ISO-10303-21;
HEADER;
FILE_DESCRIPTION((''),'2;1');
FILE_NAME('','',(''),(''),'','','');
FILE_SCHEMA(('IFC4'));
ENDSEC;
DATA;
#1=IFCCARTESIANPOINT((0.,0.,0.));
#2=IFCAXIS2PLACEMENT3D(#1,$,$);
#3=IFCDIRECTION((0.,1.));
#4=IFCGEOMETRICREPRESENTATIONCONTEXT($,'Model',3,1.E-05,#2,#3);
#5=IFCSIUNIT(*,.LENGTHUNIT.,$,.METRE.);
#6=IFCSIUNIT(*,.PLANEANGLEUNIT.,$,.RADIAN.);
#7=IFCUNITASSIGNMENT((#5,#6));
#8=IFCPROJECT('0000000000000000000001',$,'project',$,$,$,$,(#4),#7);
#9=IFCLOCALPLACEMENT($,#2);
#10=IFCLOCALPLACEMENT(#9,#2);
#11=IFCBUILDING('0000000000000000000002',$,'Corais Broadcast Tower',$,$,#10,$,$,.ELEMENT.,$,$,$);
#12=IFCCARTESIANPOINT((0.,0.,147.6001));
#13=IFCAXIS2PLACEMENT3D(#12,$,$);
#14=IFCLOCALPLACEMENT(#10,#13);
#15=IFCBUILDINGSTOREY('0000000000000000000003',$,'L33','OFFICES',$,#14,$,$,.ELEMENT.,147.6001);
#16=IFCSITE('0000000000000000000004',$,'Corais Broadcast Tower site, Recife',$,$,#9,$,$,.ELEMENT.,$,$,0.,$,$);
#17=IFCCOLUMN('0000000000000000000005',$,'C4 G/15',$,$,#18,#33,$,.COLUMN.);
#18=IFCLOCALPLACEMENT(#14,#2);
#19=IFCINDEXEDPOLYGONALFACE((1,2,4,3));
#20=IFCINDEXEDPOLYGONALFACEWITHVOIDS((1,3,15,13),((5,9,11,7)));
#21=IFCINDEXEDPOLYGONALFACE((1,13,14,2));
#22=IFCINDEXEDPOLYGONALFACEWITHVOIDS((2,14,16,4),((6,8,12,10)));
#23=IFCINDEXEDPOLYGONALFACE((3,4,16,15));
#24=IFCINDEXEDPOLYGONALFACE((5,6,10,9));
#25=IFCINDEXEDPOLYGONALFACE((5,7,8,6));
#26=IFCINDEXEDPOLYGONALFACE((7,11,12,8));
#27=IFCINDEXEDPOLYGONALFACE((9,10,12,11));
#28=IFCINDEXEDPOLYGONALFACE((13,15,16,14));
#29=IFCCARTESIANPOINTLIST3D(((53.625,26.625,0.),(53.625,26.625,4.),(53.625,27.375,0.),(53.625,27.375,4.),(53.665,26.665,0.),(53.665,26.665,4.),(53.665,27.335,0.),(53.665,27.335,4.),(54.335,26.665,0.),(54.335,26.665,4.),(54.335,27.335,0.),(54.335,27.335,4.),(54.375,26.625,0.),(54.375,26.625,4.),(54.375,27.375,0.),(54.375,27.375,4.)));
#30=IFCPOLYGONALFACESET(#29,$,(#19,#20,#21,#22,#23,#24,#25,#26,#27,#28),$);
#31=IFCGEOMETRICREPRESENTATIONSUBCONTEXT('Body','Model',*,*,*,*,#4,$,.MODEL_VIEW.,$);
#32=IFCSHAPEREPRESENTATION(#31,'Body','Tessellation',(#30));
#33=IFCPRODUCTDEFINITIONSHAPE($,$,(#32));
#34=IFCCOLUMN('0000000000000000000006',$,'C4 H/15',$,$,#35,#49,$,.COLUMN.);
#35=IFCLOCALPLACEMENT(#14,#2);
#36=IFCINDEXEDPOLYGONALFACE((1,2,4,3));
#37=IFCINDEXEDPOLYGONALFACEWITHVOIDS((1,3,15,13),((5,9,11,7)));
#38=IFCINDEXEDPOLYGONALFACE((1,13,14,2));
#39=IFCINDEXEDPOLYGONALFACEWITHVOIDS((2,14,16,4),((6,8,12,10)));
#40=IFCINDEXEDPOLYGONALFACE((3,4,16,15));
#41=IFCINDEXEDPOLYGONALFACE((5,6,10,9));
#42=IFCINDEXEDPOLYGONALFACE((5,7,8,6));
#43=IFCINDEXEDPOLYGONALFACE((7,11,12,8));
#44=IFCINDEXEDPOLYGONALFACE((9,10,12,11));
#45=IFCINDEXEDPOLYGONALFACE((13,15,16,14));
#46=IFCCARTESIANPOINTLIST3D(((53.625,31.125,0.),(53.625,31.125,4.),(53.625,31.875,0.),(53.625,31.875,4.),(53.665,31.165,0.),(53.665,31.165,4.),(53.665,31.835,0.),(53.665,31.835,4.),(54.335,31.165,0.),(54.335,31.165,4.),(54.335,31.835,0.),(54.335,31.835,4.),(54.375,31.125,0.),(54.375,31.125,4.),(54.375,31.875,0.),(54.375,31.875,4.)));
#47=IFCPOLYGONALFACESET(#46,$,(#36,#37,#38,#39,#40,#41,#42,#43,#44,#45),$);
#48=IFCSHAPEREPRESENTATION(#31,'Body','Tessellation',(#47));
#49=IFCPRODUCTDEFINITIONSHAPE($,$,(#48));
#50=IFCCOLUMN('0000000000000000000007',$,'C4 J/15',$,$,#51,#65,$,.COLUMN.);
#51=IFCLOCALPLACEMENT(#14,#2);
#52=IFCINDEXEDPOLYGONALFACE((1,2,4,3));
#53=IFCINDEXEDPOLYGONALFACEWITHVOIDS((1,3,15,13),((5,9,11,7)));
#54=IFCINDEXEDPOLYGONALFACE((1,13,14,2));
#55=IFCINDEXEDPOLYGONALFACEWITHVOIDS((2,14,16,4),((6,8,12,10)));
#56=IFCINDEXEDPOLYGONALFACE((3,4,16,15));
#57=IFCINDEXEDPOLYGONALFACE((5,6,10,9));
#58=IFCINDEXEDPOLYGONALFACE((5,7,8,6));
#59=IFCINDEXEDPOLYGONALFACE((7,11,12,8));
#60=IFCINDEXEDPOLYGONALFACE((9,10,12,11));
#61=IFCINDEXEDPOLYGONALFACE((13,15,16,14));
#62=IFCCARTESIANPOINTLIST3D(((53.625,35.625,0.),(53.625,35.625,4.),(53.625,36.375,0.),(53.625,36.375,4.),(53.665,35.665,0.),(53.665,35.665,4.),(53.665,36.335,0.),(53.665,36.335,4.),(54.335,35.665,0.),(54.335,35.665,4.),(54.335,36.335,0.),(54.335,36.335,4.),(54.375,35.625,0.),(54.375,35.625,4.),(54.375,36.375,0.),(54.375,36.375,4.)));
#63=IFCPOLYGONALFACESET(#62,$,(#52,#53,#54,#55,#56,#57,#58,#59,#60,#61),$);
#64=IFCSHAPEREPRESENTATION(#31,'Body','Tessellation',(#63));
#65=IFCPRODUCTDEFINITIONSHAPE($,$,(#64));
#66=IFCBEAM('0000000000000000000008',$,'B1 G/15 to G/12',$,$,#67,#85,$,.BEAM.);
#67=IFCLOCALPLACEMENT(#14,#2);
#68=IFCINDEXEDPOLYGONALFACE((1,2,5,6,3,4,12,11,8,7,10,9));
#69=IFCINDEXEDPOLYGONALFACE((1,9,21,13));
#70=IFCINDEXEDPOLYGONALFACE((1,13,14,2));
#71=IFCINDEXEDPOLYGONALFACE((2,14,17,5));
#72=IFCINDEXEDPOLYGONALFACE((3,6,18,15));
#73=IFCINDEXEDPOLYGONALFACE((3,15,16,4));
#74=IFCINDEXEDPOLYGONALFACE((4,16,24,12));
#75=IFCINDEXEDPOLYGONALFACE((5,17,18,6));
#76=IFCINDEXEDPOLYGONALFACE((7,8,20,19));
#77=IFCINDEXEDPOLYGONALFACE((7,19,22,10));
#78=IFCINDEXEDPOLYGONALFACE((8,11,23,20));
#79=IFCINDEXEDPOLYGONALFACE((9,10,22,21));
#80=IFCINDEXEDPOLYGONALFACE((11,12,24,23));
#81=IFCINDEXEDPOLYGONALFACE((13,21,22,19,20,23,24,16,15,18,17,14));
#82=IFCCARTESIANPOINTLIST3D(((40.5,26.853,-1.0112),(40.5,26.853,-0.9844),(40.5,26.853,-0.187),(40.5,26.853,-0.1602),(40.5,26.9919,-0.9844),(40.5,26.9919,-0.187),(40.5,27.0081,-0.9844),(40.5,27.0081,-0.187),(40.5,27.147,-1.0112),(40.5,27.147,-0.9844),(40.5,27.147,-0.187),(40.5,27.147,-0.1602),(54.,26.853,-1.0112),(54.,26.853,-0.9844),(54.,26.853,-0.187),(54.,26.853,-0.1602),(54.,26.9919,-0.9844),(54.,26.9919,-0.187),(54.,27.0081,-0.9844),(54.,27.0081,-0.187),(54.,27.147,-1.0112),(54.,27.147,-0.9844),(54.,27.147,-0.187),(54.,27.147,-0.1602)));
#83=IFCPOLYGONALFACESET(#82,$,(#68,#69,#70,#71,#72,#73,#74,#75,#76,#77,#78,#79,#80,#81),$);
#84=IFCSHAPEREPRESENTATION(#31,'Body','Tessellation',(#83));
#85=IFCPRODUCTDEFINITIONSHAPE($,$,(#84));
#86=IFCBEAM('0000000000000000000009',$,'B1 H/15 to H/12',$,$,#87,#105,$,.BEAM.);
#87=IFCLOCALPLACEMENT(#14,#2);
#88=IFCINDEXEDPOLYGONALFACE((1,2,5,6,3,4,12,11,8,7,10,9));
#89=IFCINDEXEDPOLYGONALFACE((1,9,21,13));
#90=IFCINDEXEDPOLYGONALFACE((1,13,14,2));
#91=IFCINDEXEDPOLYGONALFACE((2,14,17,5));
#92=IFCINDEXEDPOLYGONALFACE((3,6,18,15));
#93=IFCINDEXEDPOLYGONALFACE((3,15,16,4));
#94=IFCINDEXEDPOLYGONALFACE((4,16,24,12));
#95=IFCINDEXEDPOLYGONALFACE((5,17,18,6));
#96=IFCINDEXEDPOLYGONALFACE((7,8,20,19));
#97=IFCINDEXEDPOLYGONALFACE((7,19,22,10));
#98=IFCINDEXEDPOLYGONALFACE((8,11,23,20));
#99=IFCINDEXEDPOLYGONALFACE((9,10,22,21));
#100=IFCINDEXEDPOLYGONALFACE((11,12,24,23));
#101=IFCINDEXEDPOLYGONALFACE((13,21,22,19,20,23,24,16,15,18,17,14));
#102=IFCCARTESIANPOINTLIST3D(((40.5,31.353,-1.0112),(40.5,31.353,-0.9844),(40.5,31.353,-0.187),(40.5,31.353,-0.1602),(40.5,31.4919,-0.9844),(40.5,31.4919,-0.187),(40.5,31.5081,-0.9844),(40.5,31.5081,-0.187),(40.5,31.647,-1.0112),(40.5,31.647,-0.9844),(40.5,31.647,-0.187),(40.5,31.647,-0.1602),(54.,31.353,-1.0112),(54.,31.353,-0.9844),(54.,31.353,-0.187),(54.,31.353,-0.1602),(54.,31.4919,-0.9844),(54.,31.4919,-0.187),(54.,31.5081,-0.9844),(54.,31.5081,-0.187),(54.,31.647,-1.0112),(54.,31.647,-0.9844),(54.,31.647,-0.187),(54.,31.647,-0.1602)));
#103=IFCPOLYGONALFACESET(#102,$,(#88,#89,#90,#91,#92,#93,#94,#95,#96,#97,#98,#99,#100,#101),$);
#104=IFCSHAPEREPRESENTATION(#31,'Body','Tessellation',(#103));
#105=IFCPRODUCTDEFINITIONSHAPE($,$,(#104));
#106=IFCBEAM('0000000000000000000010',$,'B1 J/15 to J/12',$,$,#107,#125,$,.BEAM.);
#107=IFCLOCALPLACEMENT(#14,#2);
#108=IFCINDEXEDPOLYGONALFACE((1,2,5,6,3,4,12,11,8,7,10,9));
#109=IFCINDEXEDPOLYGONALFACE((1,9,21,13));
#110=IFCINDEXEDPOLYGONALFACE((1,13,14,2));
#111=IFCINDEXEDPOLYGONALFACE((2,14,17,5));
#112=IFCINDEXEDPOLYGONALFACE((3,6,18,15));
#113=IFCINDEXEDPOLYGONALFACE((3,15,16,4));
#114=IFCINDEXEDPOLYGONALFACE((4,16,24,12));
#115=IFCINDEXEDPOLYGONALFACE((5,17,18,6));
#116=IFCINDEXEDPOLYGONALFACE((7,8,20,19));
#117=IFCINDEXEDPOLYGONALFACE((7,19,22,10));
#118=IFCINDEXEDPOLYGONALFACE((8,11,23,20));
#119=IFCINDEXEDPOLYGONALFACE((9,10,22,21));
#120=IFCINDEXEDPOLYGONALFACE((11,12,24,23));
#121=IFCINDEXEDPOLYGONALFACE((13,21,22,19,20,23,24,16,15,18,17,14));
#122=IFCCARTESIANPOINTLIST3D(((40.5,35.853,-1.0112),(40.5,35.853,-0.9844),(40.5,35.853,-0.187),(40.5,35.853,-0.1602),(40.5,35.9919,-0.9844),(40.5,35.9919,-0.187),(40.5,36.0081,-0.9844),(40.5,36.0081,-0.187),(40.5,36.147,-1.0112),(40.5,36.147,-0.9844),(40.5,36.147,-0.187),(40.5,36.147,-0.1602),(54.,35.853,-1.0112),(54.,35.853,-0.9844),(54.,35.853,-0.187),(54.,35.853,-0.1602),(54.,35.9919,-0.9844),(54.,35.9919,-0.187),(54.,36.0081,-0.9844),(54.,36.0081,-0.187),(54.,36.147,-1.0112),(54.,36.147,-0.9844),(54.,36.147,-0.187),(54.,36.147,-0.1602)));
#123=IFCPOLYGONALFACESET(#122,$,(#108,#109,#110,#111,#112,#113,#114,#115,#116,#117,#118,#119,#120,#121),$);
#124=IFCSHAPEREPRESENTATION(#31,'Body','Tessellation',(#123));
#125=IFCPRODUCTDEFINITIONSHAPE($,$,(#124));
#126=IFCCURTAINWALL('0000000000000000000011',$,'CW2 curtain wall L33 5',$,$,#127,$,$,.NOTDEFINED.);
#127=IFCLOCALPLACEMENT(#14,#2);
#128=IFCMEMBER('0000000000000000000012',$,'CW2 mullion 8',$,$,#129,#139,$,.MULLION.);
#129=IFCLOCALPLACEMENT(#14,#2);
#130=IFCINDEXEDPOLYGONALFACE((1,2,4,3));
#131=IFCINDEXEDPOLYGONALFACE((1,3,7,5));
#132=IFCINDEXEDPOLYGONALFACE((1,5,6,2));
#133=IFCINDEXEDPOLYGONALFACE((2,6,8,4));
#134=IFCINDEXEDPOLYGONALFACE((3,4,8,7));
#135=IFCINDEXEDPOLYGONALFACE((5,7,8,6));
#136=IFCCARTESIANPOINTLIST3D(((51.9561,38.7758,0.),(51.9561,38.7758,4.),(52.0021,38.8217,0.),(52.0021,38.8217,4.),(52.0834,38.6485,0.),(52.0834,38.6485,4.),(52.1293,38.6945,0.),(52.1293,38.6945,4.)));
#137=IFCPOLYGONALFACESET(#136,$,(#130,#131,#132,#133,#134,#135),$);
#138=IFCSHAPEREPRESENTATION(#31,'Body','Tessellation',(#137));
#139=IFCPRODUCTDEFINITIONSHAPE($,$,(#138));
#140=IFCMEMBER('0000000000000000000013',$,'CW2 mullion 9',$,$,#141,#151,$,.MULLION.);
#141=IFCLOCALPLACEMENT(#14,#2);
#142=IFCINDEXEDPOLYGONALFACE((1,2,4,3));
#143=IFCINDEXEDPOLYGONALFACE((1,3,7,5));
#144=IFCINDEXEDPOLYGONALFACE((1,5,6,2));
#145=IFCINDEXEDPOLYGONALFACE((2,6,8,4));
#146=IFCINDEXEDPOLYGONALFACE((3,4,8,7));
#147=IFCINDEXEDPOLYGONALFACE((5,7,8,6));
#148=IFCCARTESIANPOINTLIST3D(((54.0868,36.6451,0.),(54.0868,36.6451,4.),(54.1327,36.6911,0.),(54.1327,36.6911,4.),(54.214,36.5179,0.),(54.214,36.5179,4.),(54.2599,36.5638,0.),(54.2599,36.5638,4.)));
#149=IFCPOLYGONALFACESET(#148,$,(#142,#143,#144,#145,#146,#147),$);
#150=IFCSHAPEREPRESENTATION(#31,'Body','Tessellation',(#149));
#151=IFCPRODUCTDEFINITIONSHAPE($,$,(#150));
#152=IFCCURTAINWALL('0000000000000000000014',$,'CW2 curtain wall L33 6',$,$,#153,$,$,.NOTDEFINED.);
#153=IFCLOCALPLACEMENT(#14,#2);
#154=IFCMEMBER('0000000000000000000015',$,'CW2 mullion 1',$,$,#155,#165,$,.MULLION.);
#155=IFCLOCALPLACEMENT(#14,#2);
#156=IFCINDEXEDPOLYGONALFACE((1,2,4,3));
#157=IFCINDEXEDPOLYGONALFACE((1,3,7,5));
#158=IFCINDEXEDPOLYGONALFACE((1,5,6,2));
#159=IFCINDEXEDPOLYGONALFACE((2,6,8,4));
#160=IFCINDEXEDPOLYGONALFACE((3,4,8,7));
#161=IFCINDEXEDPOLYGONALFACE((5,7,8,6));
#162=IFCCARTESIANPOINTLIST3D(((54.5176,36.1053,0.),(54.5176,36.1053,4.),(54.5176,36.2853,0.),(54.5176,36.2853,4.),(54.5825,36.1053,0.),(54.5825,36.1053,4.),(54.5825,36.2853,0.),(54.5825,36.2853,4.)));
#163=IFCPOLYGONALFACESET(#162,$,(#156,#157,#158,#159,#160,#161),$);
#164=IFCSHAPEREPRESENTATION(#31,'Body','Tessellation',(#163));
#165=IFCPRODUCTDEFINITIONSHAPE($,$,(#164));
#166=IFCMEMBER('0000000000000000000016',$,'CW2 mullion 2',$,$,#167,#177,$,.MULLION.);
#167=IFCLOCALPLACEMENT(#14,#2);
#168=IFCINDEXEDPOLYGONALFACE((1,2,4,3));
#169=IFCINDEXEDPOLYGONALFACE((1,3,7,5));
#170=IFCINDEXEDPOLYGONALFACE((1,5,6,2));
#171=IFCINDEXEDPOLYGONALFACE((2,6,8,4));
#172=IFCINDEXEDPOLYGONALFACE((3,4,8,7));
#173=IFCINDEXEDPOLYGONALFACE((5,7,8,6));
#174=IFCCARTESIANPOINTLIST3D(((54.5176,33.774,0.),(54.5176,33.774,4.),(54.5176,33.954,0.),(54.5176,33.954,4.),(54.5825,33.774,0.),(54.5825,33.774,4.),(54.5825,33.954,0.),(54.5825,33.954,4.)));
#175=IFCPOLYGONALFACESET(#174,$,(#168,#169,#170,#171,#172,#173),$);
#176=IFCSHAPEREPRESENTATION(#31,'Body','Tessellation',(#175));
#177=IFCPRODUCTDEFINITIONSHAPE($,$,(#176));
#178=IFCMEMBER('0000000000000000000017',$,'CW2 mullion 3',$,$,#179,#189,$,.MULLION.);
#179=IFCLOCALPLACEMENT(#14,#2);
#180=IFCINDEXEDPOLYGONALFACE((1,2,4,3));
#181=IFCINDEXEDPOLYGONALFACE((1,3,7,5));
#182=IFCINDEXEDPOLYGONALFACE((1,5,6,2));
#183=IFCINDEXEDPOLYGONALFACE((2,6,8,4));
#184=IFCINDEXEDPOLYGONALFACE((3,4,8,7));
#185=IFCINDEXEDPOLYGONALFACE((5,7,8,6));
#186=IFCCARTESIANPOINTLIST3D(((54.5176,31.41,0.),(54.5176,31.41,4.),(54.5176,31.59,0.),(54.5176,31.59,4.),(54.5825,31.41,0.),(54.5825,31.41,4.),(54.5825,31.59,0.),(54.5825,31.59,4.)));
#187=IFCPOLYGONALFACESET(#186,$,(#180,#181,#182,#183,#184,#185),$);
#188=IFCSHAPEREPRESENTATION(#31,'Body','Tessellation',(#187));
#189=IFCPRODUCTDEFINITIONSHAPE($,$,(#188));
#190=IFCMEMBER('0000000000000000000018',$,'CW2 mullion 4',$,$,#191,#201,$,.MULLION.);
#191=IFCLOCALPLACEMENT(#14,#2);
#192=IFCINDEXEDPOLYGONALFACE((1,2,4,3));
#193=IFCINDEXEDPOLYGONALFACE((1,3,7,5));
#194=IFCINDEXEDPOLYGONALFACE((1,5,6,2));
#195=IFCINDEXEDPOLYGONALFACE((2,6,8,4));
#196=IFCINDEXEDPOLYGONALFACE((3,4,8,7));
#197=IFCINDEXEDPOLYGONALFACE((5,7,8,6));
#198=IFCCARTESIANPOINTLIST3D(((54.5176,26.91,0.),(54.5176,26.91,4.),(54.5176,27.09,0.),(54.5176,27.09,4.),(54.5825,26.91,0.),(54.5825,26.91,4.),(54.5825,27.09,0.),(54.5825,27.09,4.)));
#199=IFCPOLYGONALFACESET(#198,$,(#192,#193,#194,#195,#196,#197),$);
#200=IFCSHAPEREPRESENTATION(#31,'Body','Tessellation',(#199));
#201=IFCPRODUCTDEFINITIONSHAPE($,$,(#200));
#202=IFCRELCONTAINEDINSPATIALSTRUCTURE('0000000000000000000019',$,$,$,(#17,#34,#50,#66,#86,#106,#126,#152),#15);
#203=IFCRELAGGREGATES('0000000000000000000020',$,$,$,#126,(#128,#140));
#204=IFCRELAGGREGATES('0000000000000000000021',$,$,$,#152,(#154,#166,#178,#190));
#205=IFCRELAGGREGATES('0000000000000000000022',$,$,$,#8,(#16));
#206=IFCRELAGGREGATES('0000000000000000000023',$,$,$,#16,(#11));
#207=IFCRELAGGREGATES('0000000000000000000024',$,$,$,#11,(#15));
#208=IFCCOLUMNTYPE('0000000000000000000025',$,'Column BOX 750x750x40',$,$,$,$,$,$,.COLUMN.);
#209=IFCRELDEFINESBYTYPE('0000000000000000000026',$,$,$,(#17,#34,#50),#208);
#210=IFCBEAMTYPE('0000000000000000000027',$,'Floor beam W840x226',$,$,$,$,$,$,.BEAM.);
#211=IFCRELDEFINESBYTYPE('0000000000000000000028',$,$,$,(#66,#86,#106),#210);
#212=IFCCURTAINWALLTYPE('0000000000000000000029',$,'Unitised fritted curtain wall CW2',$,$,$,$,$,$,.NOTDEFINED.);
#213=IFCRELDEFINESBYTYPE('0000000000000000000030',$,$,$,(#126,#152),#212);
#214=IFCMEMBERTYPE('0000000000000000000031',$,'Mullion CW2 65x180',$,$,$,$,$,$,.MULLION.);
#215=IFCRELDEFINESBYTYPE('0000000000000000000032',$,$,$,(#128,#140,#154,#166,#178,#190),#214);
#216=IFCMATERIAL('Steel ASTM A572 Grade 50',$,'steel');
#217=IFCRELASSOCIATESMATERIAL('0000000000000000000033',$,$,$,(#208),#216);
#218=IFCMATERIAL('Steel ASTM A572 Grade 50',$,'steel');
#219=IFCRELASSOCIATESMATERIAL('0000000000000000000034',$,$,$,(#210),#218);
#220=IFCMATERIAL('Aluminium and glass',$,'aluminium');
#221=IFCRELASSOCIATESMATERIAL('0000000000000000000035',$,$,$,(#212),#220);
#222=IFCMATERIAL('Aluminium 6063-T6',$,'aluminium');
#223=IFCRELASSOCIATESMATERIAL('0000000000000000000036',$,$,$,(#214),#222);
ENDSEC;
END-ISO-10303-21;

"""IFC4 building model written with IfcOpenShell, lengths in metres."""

from ifc_helpers import new_model, si_unit, direction, frame, origin, origin_2d, place, context, subcontext, project, spatial, rectangle, hollow_rectangle, i_section, extrude, material, material_profile, profile_set, type_object, element, aggregate, save


model = new_model("IFC4")

# Units and contexts
model_context = context("Model", 3, precision=1e-05, world=origin(), true_north=direction((0.0, 1.0)))
body_context = subcontext(model_context, "Body", "Model", "MODEL_VIEW")
ifc_project = project(units=[si_unit("LENGTHUNIT", "METRE"), si_unit("PLANEANGLEUNIT", "RADIAN")], contexts=[model_context])

# Site, building, storey
site_placement = place(None, origin())
site = spatial("IfcSite", under=ifc_project, at=site_placement, Name="Corais Broadcast Tower site, Recife", CompositionType="ELEMENT", RefElevation=0.0)
building_placement = place(site_placement, origin())
building = spatial("IfcBuilding", under=site, at=building_placement, Name="Corais Broadcast Tower", CompositionType="ELEMENT")
storey_placement = place(building_placement, frame((0.0, 0.0, 147.6001)))
storey = spatial("IfcBuildingStorey", under=building, at=storey_placement, Name="L33", Description="OFFICES", CompositionType="ELEMENT", Elevation=147.6001)

# Columns
ifc_material_1 = material(Name="Steel ASTM A572 Grade 50", Category="steel")
ifc_material_profile_1 = material_profile(ifc_material_1, hollow_rectangle(XDim=0.75, YDim=0.75, WallThickness=0.04, at=origin_2d()), Name="BOX 750x750x40")
ifc_profile_set_1 = profile_set([ifc_material_profile_1], Name="Steel ASTM A572 Grade 50")
column_type = type_object("IfcColumnType", Name="Column BOX 750x750x40", PredefinedType="COLUMN", material=ifc_profile_set_1)
for number, where, z_axis, x_axis, name in (
    (1, (54.0, 27.0, 0.0), (0.0, 0.0, 1.0), (1.0, 0.0, 0.0), "C4 G/15"),
    (2, (54.0, 31.5, 0.0), (0.0, 0.0, 1.0), (1.0, 0.0, 0.0), "C4 H/15"),
    (3, (54.0, 36.0, 0.0), (0.0, 0.0, 1.0), (1.0, 0.0, 0.0), "C4 J/15"),
):
    element("IfcColumn", number, at=place(storey_placement, frame(where, z_axis=z_axis, x_axis=x_axis)), inside=storey, type_object=column_type, Name=name, PredefinedType="COLUMN", context=body_context, shape_type="SweptSolid", body=[
        extrude(hollow_rectangle(XDim=0.75, YDim=0.75, WallThickness=0.04, at=origin_2d()), origin(), (0.0, 0.0, 1.0), 4.0),
    ])

# Beams
ifc_material_2 = material(Name="Steel ASTM A572 Grade 50", Category="steel")
ifc_material_profile_2 = material_profile(ifc_material_2, i_section(OverallWidth=0.2939, OverallDepth=0.8511, WebThickness=0.0161, FlangeThickness=0.0269, at=origin_2d()), Name="W840x226")
ifc_profile_set_2 = profile_set([ifc_material_profile_2], Name="Steel ASTM A572 Grade 50")
beam_type_1 = type_object("IfcBeamType", Name="Floor beam W840x226", PredefinedType="BEAM", material=ifc_profile_set_2)
for number, where, z_axis, x_axis, name in (
    (4, (54.0, 27.0, -0.5857), (-1.0, 0.0, 0.0), (0.0, -1.0, 0.0), "B1 G/15 to G/12"),
    (5, (54.0, 31.5, -0.5857), (-1.0, 0.0, 0.0), (0.0, -1.0, 0.0), "B1 H/15 to H/12"),
    (6, (54.0, 36.0, -0.5857), (-1.0, 0.0, 0.0), (0.0, -1.0, 0.0), "B1 J/15 to J/12"),
):
    element("IfcBeam", number, at=place(storey_placement, frame(where, z_axis=z_axis, x_axis=x_axis)), inside=storey, type_object=beam_type_1, Name=name, PredefinedType="BEAM", context=body_context, shape_type="SweptSolid", body=[
        extrude(i_section(OverallWidth=0.2939, OverallDepth=0.8511, WebThickness=0.0161, FlangeThickness=0.0269, at=origin_2d()), origin(), (0.0, 0.0, 1.0), 13.5),
    ])

# Curtain walls, members
ifc_material_3 = material(Name="Aluminium and glass", Category="aluminium")
curtain_wall_type = type_object("IfcCurtainWallType", Name="Unitised fritted curtain wall CW2", PredefinedType="NOTDEFINED", material=ifc_material_3)
curtain_wall_1_placement = place(storey_placement, origin())
curtain_wall_1 = element("IfcCurtainWall", 7, at=curtain_wall_1_placement, inside=storey, type_object=curtain_wall_type, Name="CW2 curtain wall L33 5", PredefinedType="NOTDEFINED")
ifc_material_4 = material(Name="Aluminium 6063-T6", Category="aluminium")
ifc_material_profile_3 = material_profile(ifc_material_4, rectangle(XDim=0.0649, YDim=0.1799, at=origin_2d()), Name="Mullion CW2 65x180")
ifc_profile_set_3 = profile_set([ifc_material_profile_3], Name="Aluminium 6063-T6")
member_type_1 = type_object("IfcMemberType", Name="Mullion CW2 65x180", PredefinedType="MULLION", material=ifc_profile_set_3)
member_1_placement = place(storey_placement, frame((52.0427, 38.7351, 0.0), z_axis=(0.0, 0.0, 1.0), x_axis=(0.707107, 0.707107, 0.0)))
member_1 = element("IfcMember", 8, at=member_1_placement, type_object=member_type_1, Name="CW2 mullion 8", PredefinedType="MULLION", context=body_context, shape_type="SweptSolid", body=[
    extrude(rectangle(XDim=0.0649, YDim=0.1799, at=origin_2d()), origin(), (0.0, 0.0, 1.0), 4.0),
])
member_2_placement = place(storey_placement, frame((54.1733, 36.6045, 0.0), z_axis=(0.0, 0.0, 1.0), x_axis=(0.707107, 0.707107, 0.0)))
member_2 = element("IfcMember", 9, at=member_2_placement, type_object=member_type_1, Name="CW2 mullion 9", PredefinedType="MULLION", context=body_context, shape_type="SweptSolid", body=[
    extrude(rectangle(XDim=0.0649, YDim=0.1799, at=origin_2d()), origin(), (0.0, 0.0, 1.0), 4.0),
])
curtain_wall_2_placement = place(storey_placement, origin())
curtain_wall_2 = element("IfcCurtainWall", 10, at=curtain_wall_2_placement, inside=storey, type_object=curtain_wall_type, Name="CW2 curtain wall L33 6", PredefinedType="NOTDEFINED")
member_3_placement = place(storey_placement, frame((54.55, 36.1953, 0.0), z_axis=(0.0, 0.0, 1.0), x_axis=(1.0, 0.0, 0.0)))
member_3 = element("IfcMember", 11, at=member_3_placement, type_object=member_type_1, Name="CW2 mullion 1", PredefinedType="MULLION", context=body_context, shape_type="SweptSolid", body=[
    extrude(rectangle(XDim=0.0649, YDim=0.1799, at=origin_2d()), origin(), (0.0, 0.0, 1.0), 4.0),
])
member_4_placement = place(storey_placement, frame((54.55, 33.864, 0.0), z_axis=(0.0, 0.0, 1.0), x_axis=(1.0, 0.0, 0.0)))
member_4 = element("IfcMember", 12, at=member_4_placement, type_object=member_type_1, Name="CW2 mullion 2", PredefinedType="MULLION", context=body_context, shape_type="SweptSolid", body=[
    extrude(rectangle(XDim=0.0649, YDim=0.1799, at=origin_2d()), origin(), (0.0, 0.0, 1.0), 4.0),
])
member_5_placement = place(storey_placement, frame((54.55, 31.5, 0.0), z_axis=(0.0, 0.0, 1.0), x_axis=(1.0, 0.0, 0.0)))
member_5 = element("IfcMember", 13, at=member_5_placement, type_object=member_type_1, Name="CW2 mullion 3", PredefinedType="MULLION", context=body_context, shape_type="SweptSolid", body=[
    extrude(rectangle(XDim=0.0649, YDim=0.1799, at=origin_2d()), origin(), (0.0, 0.0, 1.0), 4.0),
])
member_6_placement = place(storey_placement, frame((54.55, 27.0, 0.0), z_axis=(0.0, 0.0, 1.0), x_axis=(1.0, 0.0, 0.0)))
member_6 = element("IfcMember", 14, at=member_6_placement, type_object=member_type_1, Name="CW2 mullion 4", PredefinedType="MULLION", context=body_context, shape_type="SweptSolid", body=[
    extrude(rectangle(XDim=0.0649, YDim=0.1799, at=origin_2d()), origin(), (0.0, 0.0, 1.0), 4.0),
])

aggregate(curtain_wall_1, [member_1, member_2])
aggregate(curtain_wall_2, [member_3, member_4, member_5, member_6])

save(model, "model.ifc")
